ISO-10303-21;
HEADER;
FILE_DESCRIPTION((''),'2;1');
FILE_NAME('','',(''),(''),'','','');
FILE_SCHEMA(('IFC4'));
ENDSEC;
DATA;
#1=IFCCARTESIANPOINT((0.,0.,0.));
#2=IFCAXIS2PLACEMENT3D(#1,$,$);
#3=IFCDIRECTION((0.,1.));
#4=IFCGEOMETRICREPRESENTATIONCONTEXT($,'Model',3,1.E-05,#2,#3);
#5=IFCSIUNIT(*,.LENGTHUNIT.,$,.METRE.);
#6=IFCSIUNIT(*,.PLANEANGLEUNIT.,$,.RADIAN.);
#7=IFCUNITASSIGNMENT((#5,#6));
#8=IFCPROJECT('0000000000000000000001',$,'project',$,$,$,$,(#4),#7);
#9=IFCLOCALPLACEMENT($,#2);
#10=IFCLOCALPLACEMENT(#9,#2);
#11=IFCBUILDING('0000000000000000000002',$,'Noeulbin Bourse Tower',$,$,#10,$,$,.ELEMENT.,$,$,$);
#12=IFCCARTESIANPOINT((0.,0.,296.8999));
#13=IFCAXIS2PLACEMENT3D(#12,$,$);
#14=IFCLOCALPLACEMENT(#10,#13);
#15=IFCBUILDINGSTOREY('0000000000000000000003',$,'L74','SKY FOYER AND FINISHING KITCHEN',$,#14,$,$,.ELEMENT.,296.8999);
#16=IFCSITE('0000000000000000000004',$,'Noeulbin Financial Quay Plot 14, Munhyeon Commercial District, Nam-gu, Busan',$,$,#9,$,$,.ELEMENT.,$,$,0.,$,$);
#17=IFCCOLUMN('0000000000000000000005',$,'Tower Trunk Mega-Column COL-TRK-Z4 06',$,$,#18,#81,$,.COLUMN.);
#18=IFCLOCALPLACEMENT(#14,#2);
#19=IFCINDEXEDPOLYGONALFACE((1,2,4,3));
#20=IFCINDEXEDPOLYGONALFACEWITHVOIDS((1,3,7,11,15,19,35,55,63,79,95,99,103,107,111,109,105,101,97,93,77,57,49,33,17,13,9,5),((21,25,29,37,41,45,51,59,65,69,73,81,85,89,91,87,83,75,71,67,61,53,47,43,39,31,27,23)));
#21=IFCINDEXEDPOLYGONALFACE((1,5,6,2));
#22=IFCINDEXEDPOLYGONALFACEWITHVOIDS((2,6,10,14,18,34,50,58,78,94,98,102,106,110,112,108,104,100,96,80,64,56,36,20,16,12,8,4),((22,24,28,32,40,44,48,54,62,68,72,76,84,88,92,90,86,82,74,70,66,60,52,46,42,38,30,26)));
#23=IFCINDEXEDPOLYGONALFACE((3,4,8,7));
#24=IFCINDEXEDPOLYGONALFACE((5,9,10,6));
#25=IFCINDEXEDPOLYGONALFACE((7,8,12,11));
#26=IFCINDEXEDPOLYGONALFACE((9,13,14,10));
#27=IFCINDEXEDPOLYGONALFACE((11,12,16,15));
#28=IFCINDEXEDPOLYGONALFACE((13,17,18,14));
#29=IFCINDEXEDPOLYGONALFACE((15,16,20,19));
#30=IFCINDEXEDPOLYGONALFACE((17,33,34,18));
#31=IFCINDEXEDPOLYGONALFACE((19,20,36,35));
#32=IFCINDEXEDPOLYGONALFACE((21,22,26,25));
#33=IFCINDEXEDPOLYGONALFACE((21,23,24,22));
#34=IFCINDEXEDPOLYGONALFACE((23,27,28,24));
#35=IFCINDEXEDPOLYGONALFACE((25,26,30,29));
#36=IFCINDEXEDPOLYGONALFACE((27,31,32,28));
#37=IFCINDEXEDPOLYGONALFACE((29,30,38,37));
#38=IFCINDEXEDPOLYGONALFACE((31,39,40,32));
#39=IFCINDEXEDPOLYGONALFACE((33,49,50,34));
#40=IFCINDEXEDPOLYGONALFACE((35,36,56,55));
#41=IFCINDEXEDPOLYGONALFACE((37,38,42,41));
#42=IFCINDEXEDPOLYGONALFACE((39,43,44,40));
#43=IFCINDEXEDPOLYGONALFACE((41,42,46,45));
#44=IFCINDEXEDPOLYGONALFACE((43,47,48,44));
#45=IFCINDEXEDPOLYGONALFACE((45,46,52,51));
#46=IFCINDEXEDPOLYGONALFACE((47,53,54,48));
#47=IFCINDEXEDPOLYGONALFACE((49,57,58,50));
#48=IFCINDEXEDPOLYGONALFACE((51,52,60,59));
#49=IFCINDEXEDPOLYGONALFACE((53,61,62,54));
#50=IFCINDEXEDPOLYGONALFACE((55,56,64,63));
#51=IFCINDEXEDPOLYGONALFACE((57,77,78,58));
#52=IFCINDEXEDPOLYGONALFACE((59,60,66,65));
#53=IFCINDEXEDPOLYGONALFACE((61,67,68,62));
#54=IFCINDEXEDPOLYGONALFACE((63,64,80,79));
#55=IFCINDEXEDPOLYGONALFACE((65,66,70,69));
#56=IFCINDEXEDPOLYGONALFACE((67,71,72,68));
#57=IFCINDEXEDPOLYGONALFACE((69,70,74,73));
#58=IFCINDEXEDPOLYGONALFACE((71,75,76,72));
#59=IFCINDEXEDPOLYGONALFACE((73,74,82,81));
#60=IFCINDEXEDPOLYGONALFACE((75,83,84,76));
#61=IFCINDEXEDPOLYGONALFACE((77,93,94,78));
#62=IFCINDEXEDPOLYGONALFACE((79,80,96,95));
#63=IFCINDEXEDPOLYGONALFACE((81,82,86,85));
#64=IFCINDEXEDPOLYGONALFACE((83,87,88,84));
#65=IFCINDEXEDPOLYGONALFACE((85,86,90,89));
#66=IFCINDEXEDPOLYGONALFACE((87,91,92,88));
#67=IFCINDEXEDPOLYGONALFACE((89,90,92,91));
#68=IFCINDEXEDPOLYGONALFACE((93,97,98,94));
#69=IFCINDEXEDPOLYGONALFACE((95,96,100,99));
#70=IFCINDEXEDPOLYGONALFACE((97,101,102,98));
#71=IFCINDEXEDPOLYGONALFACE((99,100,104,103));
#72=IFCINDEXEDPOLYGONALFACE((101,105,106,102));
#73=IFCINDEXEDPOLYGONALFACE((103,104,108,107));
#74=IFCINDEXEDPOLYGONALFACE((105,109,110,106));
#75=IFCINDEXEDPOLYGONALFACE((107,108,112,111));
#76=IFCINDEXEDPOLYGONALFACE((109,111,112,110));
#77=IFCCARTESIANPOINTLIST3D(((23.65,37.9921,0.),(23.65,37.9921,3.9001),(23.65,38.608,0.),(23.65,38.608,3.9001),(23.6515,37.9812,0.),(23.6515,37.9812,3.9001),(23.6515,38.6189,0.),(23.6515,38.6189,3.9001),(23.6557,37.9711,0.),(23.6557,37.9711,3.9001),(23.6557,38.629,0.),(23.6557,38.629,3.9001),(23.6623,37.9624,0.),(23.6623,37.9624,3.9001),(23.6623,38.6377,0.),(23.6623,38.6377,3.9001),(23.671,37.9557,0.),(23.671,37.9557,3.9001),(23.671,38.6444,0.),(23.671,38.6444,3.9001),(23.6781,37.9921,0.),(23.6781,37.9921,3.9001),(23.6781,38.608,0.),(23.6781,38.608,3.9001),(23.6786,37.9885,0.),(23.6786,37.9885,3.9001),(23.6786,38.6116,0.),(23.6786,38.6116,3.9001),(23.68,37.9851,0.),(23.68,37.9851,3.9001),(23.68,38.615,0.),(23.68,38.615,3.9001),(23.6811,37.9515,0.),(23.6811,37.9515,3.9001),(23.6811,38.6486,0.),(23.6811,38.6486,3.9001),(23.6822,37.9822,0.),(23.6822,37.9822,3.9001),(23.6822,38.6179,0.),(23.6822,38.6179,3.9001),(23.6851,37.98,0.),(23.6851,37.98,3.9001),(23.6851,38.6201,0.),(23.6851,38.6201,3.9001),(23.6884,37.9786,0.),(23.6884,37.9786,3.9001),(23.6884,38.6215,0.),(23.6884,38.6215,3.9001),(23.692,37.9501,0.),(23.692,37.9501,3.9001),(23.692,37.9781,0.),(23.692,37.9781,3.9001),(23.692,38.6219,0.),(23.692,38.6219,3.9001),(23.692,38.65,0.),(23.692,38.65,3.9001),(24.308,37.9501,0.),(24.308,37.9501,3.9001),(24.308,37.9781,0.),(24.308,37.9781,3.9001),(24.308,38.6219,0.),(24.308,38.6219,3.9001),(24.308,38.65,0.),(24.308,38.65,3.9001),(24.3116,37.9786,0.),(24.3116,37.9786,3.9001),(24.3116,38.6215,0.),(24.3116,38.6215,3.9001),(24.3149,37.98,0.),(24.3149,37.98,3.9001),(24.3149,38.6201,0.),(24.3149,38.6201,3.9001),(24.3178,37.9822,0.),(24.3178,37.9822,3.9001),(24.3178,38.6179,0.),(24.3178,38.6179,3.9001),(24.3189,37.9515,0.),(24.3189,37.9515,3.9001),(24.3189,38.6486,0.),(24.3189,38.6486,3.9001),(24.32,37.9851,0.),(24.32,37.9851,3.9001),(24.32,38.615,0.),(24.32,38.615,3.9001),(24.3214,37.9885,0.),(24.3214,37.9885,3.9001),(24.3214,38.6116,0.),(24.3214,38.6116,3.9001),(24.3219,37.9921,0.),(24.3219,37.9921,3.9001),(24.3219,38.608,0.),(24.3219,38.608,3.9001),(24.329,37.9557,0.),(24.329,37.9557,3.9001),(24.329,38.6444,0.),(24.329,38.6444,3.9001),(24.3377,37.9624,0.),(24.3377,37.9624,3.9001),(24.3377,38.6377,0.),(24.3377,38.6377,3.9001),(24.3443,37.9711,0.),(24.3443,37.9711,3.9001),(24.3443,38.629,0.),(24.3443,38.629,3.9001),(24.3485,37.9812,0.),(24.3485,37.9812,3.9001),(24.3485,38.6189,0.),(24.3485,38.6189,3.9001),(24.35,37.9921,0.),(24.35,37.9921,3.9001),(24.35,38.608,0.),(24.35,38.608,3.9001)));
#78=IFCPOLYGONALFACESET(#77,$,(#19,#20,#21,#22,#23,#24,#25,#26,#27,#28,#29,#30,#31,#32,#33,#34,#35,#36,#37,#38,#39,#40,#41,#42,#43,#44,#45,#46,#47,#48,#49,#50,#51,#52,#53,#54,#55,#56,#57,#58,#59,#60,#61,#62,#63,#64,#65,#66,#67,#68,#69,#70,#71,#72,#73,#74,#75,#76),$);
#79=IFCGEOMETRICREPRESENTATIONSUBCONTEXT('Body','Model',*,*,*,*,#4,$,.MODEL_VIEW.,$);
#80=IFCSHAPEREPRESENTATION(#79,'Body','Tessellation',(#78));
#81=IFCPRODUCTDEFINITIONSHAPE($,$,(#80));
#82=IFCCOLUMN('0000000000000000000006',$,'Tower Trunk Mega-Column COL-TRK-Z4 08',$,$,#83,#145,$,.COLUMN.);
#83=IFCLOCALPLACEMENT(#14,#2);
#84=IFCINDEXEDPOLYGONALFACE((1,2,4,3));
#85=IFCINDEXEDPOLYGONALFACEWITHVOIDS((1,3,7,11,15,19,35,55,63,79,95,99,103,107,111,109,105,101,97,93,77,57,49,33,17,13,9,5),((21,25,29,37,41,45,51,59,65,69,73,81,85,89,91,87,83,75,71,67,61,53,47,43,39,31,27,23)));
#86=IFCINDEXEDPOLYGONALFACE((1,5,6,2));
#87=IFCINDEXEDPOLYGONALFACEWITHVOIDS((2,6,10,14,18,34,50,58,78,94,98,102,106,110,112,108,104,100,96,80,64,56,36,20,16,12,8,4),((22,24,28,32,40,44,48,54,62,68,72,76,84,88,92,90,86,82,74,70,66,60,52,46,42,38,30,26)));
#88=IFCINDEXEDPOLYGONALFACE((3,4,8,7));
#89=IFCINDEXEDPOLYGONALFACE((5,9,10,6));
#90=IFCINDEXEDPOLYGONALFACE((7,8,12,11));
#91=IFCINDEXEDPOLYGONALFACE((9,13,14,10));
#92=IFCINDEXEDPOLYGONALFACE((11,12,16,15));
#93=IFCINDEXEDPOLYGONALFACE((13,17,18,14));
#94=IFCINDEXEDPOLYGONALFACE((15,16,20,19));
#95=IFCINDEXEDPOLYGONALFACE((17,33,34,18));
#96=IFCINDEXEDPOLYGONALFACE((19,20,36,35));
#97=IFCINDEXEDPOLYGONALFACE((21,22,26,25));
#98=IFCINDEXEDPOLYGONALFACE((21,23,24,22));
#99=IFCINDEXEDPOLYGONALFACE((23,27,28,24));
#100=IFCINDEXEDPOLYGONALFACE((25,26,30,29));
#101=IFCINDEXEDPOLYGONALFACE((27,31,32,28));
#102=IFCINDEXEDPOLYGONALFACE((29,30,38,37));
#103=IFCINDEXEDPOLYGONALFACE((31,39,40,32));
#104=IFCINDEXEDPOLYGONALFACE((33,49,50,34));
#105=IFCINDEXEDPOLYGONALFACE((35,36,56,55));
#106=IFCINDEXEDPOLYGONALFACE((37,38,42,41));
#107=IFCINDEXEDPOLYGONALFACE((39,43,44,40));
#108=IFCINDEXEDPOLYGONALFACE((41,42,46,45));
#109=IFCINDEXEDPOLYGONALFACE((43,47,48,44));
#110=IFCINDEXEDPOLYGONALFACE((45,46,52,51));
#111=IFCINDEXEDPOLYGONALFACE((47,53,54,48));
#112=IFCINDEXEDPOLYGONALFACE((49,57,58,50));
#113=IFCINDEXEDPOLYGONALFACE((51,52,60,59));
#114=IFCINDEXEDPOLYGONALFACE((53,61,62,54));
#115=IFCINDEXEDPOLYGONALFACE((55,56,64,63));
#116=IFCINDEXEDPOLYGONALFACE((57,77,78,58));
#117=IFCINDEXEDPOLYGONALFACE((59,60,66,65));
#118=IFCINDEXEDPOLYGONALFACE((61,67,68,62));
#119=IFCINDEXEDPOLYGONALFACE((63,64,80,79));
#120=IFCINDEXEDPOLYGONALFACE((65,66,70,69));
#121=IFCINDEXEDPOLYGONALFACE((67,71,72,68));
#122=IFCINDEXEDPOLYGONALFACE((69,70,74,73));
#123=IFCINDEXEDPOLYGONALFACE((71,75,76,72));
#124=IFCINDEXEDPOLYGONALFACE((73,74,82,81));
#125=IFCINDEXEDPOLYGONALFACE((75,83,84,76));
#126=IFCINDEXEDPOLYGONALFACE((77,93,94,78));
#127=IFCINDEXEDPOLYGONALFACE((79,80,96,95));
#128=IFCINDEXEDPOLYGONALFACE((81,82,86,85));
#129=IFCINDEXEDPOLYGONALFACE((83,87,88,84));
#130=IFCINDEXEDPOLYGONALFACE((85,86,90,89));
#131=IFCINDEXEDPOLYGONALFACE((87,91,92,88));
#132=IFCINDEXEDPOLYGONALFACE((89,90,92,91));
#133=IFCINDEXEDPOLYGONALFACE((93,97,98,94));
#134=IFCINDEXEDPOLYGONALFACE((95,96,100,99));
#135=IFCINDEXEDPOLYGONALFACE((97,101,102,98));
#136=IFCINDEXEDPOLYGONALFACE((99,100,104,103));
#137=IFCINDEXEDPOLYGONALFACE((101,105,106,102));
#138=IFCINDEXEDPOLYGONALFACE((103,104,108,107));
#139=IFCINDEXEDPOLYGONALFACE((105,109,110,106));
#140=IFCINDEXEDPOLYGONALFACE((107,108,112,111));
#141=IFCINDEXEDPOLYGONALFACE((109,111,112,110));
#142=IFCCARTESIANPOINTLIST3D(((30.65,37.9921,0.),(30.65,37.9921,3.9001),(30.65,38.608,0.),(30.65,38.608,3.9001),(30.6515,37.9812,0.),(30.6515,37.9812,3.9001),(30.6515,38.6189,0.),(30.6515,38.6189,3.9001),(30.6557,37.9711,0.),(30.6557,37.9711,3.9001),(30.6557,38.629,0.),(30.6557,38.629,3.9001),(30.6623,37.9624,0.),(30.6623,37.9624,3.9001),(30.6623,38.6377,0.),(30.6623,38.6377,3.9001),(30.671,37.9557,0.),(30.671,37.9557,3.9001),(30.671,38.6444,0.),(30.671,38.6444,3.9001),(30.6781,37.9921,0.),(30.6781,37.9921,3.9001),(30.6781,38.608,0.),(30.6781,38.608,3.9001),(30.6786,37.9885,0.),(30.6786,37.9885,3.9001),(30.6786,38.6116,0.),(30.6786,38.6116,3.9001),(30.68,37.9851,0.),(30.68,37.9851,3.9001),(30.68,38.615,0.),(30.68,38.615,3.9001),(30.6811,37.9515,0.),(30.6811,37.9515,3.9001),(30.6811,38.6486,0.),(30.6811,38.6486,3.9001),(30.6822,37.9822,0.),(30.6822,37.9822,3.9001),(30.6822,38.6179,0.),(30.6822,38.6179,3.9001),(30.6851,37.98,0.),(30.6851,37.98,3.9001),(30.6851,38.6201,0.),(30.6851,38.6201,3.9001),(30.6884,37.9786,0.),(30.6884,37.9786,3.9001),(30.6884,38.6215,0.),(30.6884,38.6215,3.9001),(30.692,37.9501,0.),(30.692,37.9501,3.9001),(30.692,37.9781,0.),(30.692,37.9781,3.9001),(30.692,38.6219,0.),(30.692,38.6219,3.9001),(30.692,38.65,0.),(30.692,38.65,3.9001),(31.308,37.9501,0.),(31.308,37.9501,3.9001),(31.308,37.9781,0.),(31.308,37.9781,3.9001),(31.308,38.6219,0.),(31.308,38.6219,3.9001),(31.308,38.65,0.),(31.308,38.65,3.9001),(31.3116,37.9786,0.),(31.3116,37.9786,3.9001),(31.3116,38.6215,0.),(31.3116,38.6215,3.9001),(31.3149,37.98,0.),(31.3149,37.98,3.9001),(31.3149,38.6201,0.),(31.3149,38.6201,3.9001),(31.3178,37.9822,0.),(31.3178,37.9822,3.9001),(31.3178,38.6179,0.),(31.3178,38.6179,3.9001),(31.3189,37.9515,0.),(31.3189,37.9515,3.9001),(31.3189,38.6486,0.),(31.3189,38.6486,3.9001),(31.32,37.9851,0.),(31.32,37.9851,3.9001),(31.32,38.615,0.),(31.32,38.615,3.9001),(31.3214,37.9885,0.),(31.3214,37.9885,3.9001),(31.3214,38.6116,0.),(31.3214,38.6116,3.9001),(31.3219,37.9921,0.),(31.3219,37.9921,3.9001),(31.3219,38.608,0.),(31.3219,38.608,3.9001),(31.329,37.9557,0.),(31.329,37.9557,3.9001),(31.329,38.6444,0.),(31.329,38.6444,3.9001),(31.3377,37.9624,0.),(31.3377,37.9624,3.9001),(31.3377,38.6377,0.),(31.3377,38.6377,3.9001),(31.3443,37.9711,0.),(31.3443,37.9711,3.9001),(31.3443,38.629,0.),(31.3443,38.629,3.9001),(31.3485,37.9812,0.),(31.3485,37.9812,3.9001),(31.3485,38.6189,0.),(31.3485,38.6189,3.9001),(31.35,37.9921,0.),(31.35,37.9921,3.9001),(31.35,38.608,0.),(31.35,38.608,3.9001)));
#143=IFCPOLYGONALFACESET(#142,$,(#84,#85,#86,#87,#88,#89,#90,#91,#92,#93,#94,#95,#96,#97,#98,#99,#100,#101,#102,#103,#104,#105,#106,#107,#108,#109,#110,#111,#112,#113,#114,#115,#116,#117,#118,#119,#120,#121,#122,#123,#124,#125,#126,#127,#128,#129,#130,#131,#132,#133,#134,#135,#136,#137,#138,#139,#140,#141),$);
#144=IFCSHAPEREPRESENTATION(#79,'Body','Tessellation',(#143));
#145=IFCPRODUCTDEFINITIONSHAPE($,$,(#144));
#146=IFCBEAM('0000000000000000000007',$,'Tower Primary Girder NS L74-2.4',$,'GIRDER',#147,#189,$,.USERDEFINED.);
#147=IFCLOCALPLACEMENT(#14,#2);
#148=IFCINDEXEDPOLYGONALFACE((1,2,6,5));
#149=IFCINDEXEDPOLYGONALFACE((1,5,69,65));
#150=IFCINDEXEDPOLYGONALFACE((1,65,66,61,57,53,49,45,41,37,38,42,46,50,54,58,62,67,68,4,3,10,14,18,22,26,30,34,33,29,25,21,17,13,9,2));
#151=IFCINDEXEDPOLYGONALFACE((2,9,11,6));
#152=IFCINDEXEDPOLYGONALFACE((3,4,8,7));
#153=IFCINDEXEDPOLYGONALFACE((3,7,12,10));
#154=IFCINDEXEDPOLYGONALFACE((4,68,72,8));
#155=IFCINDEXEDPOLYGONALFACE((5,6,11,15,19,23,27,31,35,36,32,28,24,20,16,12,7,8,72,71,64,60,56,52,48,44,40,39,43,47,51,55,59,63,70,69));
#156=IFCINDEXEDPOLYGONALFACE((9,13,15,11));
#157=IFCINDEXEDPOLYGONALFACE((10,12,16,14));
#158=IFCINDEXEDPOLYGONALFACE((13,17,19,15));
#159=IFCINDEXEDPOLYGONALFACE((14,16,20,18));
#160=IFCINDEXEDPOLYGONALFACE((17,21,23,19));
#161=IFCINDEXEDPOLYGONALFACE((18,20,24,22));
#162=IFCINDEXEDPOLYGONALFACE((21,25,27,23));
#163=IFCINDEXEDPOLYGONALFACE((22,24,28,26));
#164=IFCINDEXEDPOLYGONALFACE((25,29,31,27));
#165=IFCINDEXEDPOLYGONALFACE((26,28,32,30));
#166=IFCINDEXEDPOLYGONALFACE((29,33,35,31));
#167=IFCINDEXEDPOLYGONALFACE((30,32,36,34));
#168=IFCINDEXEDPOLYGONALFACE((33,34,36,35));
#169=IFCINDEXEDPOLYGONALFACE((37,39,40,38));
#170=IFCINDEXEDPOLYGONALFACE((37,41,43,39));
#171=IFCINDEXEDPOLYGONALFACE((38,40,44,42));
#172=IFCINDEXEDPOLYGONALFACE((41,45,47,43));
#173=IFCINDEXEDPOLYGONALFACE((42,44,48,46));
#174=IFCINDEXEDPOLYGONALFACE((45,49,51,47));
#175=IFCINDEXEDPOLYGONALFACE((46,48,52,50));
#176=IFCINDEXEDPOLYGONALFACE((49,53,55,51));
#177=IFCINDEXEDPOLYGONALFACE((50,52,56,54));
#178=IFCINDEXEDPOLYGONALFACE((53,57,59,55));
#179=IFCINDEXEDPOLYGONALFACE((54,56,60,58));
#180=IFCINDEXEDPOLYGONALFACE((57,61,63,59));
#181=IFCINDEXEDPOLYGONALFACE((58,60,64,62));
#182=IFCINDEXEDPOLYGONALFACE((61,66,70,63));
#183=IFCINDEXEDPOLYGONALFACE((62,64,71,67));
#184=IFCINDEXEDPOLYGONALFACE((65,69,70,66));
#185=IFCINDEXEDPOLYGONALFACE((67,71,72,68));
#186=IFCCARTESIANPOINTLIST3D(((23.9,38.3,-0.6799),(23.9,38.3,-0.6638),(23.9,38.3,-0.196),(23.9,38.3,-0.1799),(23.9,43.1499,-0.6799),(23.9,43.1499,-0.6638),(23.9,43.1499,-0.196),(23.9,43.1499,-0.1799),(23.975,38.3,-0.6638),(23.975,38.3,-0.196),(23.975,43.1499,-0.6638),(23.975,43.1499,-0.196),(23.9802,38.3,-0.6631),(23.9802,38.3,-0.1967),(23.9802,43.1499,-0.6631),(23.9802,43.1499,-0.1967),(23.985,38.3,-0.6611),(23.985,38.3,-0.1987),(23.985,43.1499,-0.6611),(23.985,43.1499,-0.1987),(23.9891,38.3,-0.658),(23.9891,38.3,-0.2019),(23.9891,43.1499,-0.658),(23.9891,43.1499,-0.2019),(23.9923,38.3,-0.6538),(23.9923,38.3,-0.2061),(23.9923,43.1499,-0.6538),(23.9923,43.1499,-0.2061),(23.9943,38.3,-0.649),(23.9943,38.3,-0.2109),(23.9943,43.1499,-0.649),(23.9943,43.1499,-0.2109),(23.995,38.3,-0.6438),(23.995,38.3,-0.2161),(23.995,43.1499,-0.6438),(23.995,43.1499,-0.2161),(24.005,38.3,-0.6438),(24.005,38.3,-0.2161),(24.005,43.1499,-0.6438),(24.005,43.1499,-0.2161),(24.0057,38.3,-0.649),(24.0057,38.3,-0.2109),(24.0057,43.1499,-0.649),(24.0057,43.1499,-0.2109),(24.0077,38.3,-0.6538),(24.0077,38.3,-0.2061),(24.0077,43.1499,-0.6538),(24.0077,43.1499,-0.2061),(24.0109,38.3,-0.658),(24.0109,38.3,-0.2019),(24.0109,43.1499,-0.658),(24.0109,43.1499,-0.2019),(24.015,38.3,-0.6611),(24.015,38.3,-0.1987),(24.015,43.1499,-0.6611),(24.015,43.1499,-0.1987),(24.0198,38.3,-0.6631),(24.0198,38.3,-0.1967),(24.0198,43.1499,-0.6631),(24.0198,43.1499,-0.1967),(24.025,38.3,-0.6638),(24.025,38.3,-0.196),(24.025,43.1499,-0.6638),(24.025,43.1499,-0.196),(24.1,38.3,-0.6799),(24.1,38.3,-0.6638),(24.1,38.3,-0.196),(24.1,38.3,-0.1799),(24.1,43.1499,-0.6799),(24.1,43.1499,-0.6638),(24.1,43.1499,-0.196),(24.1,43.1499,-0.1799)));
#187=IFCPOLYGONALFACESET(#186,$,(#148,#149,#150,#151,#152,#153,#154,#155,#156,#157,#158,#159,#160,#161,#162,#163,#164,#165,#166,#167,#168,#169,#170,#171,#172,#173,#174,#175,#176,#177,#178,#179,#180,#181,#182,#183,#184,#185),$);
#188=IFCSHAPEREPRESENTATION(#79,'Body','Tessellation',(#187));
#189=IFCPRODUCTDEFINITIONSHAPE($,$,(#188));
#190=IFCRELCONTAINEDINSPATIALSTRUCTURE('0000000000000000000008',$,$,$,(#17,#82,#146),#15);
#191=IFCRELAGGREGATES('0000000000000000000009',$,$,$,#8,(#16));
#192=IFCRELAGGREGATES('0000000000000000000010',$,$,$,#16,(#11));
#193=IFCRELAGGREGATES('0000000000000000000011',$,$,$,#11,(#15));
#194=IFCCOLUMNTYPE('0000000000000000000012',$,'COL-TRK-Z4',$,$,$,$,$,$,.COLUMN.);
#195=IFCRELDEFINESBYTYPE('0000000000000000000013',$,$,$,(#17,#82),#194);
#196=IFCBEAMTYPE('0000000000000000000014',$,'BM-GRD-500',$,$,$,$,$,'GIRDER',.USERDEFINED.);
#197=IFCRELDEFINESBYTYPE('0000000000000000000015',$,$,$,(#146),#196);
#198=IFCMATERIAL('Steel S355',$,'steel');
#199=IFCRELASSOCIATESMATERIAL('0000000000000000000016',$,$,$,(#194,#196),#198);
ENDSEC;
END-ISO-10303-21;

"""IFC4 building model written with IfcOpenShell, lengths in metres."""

from ifc_helpers import new_model, si_unit, direction, frame, origin, origin_2d, place, context, subcontext, project, spatial, hollow_rectangle, i_section, extrude, material, material_profile, profile_set, type_object, element, save


model = new_model("IFC4")

# Units and contexts
model_context = context("Model", 3, precision=1e-05, world=origin(), true_north=direction((0.0, 1.0)))
body_context = subcontext(model_context, "Body", "Model", "MODEL_VIEW")
ifc_project = project(units=[si_unit("LENGTHUNIT", "METRE"), si_unit("PLANEANGLEUNIT", "RADIAN")], contexts=[model_context])

# Site, building, storey
site_placement = place(None, origin())
site = spatial("IfcSite", under=ifc_project, at=site_placement, Name="Noeulbin Financial Quay Plot 14, Munhyeon Commercial District, Nam-gu, Busan", CompositionType="ELEMENT", RefElevation=0.0)
building_placement = place(site_placement, origin())
building = spatial("IfcBuilding", under=site, at=building_placement, Name="Noeulbin Bourse Tower", CompositionType="ELEMENT")
storey_placement = place(building_placement, frame((0.0, 0.0, 296.8999)))
storey = spatial("IfcBuildingStorey", under=building, at=storey_placement, Name="L74", Description="SKY FOYER AND FINISHING KITCHEN", CompositionType="ELEMENT", Elevation=296.8999)

# Columns
ifc_material_1 = material(Name="Steel S355", Category="steel")
ifc_material_profile_1 = material_profile(ifc_material_1, hollow_rectangle(XDim=0.7, YDim=0.7, WallThickness=0.0281, InnerFilletRadius=0.0139, OuterFilletRadius=0.042, at=origin_2d()), Name="BOX-700x700x28", Category="LoadBearing")
ifc_profile_set_1 = profile_set([ifc_material_profile_1], Name="Steel S355")
column_type_1 = type_object("IfcColumnType", Name="COL-TRK-Z4", PredefinedType="COLUMN", material=ifc_profile_set_1)
for number, where, z_axis, x_axis, name in (
    (1, (24.0, 38.3, 0.0), (0.0, 0.0, 1.0), (1.0, 0.0, 0.0), "Tower Trunk Mega-Column COL-TRK-Z4 06"),
    (2, (31.0, 38.3, 0.0), (0.0, 0.0, 1.0), (1.0, 0.0, 0.0), "Tower Trunk Mega-Column COL-TRK-Z4 08"),
):
    element("IfcColumn", number, at=place(storey_placement, frame(where, z_axis=z_axis, x_axis=x_axis)), inside=storey, type_object=column_type_1, Name=name, PredefinedType="COLUMN", context=body_context, shape_type="SweptSolid", body=[
        extrude(hollow_rectangle(XDim=0.7, YDim=0.7, WallThickness=0.0281, InnerFilletRadius=0.0139, OuterFilletRadius=0.042, at=origin_2d()), origin(), (0.0, 0.0, 1.0), 3.9001),
    ])

# Beam
ifc_material_profile_2 = material_profile(ifc_material_1, i_section(OverallWidth=0.2, OverallDepth=0.5, WebThickness=0.01, FlangeThickness=0.0161, FilletRadius=0.02, at=origin_2d()), Name="H-500x200x10x16", Category="LoadBearing")
ifc_profile_set_2 = profile_set([ifc_material_profile_2], Name="Steel S355")
beam_type_1 = type_object("IfcBeamType", Name="BM-GRD-500", ElementType="GIRDER", PredefinedType="USERDEFINED", material=ifc_profile_set_2)
for number, where, z_axis, x_axis, name in (
    (3, (24.0, 38.3, -0.4299), (0.0, 1.0, 0.0), (-1.0, 0.0, 0.0), "Tower Primary Girder NS L74-2.4"),
):
    element("IfcBeam", number, at=place(storey_placement, frame(where, z_axis=z_axis, x_axis=x_axis)), inside=storey, type_object=beam_type_1, Name=name, ObjectType="GIRDER", PredefinedType="USERDEFINED", context=body_context, shape_type="SweptSolid", body=[
        extrude(i_section(OverallWidth=0.2, OverallDepth=0.5, WebThickness=0.01, FlangeThickness=0.0161, FilletRadius=0.02, at=origin_2d()), origin(), (0.0, 0.0, 1.0), 4.8499),
    ])

save(model, "model.ifc")
